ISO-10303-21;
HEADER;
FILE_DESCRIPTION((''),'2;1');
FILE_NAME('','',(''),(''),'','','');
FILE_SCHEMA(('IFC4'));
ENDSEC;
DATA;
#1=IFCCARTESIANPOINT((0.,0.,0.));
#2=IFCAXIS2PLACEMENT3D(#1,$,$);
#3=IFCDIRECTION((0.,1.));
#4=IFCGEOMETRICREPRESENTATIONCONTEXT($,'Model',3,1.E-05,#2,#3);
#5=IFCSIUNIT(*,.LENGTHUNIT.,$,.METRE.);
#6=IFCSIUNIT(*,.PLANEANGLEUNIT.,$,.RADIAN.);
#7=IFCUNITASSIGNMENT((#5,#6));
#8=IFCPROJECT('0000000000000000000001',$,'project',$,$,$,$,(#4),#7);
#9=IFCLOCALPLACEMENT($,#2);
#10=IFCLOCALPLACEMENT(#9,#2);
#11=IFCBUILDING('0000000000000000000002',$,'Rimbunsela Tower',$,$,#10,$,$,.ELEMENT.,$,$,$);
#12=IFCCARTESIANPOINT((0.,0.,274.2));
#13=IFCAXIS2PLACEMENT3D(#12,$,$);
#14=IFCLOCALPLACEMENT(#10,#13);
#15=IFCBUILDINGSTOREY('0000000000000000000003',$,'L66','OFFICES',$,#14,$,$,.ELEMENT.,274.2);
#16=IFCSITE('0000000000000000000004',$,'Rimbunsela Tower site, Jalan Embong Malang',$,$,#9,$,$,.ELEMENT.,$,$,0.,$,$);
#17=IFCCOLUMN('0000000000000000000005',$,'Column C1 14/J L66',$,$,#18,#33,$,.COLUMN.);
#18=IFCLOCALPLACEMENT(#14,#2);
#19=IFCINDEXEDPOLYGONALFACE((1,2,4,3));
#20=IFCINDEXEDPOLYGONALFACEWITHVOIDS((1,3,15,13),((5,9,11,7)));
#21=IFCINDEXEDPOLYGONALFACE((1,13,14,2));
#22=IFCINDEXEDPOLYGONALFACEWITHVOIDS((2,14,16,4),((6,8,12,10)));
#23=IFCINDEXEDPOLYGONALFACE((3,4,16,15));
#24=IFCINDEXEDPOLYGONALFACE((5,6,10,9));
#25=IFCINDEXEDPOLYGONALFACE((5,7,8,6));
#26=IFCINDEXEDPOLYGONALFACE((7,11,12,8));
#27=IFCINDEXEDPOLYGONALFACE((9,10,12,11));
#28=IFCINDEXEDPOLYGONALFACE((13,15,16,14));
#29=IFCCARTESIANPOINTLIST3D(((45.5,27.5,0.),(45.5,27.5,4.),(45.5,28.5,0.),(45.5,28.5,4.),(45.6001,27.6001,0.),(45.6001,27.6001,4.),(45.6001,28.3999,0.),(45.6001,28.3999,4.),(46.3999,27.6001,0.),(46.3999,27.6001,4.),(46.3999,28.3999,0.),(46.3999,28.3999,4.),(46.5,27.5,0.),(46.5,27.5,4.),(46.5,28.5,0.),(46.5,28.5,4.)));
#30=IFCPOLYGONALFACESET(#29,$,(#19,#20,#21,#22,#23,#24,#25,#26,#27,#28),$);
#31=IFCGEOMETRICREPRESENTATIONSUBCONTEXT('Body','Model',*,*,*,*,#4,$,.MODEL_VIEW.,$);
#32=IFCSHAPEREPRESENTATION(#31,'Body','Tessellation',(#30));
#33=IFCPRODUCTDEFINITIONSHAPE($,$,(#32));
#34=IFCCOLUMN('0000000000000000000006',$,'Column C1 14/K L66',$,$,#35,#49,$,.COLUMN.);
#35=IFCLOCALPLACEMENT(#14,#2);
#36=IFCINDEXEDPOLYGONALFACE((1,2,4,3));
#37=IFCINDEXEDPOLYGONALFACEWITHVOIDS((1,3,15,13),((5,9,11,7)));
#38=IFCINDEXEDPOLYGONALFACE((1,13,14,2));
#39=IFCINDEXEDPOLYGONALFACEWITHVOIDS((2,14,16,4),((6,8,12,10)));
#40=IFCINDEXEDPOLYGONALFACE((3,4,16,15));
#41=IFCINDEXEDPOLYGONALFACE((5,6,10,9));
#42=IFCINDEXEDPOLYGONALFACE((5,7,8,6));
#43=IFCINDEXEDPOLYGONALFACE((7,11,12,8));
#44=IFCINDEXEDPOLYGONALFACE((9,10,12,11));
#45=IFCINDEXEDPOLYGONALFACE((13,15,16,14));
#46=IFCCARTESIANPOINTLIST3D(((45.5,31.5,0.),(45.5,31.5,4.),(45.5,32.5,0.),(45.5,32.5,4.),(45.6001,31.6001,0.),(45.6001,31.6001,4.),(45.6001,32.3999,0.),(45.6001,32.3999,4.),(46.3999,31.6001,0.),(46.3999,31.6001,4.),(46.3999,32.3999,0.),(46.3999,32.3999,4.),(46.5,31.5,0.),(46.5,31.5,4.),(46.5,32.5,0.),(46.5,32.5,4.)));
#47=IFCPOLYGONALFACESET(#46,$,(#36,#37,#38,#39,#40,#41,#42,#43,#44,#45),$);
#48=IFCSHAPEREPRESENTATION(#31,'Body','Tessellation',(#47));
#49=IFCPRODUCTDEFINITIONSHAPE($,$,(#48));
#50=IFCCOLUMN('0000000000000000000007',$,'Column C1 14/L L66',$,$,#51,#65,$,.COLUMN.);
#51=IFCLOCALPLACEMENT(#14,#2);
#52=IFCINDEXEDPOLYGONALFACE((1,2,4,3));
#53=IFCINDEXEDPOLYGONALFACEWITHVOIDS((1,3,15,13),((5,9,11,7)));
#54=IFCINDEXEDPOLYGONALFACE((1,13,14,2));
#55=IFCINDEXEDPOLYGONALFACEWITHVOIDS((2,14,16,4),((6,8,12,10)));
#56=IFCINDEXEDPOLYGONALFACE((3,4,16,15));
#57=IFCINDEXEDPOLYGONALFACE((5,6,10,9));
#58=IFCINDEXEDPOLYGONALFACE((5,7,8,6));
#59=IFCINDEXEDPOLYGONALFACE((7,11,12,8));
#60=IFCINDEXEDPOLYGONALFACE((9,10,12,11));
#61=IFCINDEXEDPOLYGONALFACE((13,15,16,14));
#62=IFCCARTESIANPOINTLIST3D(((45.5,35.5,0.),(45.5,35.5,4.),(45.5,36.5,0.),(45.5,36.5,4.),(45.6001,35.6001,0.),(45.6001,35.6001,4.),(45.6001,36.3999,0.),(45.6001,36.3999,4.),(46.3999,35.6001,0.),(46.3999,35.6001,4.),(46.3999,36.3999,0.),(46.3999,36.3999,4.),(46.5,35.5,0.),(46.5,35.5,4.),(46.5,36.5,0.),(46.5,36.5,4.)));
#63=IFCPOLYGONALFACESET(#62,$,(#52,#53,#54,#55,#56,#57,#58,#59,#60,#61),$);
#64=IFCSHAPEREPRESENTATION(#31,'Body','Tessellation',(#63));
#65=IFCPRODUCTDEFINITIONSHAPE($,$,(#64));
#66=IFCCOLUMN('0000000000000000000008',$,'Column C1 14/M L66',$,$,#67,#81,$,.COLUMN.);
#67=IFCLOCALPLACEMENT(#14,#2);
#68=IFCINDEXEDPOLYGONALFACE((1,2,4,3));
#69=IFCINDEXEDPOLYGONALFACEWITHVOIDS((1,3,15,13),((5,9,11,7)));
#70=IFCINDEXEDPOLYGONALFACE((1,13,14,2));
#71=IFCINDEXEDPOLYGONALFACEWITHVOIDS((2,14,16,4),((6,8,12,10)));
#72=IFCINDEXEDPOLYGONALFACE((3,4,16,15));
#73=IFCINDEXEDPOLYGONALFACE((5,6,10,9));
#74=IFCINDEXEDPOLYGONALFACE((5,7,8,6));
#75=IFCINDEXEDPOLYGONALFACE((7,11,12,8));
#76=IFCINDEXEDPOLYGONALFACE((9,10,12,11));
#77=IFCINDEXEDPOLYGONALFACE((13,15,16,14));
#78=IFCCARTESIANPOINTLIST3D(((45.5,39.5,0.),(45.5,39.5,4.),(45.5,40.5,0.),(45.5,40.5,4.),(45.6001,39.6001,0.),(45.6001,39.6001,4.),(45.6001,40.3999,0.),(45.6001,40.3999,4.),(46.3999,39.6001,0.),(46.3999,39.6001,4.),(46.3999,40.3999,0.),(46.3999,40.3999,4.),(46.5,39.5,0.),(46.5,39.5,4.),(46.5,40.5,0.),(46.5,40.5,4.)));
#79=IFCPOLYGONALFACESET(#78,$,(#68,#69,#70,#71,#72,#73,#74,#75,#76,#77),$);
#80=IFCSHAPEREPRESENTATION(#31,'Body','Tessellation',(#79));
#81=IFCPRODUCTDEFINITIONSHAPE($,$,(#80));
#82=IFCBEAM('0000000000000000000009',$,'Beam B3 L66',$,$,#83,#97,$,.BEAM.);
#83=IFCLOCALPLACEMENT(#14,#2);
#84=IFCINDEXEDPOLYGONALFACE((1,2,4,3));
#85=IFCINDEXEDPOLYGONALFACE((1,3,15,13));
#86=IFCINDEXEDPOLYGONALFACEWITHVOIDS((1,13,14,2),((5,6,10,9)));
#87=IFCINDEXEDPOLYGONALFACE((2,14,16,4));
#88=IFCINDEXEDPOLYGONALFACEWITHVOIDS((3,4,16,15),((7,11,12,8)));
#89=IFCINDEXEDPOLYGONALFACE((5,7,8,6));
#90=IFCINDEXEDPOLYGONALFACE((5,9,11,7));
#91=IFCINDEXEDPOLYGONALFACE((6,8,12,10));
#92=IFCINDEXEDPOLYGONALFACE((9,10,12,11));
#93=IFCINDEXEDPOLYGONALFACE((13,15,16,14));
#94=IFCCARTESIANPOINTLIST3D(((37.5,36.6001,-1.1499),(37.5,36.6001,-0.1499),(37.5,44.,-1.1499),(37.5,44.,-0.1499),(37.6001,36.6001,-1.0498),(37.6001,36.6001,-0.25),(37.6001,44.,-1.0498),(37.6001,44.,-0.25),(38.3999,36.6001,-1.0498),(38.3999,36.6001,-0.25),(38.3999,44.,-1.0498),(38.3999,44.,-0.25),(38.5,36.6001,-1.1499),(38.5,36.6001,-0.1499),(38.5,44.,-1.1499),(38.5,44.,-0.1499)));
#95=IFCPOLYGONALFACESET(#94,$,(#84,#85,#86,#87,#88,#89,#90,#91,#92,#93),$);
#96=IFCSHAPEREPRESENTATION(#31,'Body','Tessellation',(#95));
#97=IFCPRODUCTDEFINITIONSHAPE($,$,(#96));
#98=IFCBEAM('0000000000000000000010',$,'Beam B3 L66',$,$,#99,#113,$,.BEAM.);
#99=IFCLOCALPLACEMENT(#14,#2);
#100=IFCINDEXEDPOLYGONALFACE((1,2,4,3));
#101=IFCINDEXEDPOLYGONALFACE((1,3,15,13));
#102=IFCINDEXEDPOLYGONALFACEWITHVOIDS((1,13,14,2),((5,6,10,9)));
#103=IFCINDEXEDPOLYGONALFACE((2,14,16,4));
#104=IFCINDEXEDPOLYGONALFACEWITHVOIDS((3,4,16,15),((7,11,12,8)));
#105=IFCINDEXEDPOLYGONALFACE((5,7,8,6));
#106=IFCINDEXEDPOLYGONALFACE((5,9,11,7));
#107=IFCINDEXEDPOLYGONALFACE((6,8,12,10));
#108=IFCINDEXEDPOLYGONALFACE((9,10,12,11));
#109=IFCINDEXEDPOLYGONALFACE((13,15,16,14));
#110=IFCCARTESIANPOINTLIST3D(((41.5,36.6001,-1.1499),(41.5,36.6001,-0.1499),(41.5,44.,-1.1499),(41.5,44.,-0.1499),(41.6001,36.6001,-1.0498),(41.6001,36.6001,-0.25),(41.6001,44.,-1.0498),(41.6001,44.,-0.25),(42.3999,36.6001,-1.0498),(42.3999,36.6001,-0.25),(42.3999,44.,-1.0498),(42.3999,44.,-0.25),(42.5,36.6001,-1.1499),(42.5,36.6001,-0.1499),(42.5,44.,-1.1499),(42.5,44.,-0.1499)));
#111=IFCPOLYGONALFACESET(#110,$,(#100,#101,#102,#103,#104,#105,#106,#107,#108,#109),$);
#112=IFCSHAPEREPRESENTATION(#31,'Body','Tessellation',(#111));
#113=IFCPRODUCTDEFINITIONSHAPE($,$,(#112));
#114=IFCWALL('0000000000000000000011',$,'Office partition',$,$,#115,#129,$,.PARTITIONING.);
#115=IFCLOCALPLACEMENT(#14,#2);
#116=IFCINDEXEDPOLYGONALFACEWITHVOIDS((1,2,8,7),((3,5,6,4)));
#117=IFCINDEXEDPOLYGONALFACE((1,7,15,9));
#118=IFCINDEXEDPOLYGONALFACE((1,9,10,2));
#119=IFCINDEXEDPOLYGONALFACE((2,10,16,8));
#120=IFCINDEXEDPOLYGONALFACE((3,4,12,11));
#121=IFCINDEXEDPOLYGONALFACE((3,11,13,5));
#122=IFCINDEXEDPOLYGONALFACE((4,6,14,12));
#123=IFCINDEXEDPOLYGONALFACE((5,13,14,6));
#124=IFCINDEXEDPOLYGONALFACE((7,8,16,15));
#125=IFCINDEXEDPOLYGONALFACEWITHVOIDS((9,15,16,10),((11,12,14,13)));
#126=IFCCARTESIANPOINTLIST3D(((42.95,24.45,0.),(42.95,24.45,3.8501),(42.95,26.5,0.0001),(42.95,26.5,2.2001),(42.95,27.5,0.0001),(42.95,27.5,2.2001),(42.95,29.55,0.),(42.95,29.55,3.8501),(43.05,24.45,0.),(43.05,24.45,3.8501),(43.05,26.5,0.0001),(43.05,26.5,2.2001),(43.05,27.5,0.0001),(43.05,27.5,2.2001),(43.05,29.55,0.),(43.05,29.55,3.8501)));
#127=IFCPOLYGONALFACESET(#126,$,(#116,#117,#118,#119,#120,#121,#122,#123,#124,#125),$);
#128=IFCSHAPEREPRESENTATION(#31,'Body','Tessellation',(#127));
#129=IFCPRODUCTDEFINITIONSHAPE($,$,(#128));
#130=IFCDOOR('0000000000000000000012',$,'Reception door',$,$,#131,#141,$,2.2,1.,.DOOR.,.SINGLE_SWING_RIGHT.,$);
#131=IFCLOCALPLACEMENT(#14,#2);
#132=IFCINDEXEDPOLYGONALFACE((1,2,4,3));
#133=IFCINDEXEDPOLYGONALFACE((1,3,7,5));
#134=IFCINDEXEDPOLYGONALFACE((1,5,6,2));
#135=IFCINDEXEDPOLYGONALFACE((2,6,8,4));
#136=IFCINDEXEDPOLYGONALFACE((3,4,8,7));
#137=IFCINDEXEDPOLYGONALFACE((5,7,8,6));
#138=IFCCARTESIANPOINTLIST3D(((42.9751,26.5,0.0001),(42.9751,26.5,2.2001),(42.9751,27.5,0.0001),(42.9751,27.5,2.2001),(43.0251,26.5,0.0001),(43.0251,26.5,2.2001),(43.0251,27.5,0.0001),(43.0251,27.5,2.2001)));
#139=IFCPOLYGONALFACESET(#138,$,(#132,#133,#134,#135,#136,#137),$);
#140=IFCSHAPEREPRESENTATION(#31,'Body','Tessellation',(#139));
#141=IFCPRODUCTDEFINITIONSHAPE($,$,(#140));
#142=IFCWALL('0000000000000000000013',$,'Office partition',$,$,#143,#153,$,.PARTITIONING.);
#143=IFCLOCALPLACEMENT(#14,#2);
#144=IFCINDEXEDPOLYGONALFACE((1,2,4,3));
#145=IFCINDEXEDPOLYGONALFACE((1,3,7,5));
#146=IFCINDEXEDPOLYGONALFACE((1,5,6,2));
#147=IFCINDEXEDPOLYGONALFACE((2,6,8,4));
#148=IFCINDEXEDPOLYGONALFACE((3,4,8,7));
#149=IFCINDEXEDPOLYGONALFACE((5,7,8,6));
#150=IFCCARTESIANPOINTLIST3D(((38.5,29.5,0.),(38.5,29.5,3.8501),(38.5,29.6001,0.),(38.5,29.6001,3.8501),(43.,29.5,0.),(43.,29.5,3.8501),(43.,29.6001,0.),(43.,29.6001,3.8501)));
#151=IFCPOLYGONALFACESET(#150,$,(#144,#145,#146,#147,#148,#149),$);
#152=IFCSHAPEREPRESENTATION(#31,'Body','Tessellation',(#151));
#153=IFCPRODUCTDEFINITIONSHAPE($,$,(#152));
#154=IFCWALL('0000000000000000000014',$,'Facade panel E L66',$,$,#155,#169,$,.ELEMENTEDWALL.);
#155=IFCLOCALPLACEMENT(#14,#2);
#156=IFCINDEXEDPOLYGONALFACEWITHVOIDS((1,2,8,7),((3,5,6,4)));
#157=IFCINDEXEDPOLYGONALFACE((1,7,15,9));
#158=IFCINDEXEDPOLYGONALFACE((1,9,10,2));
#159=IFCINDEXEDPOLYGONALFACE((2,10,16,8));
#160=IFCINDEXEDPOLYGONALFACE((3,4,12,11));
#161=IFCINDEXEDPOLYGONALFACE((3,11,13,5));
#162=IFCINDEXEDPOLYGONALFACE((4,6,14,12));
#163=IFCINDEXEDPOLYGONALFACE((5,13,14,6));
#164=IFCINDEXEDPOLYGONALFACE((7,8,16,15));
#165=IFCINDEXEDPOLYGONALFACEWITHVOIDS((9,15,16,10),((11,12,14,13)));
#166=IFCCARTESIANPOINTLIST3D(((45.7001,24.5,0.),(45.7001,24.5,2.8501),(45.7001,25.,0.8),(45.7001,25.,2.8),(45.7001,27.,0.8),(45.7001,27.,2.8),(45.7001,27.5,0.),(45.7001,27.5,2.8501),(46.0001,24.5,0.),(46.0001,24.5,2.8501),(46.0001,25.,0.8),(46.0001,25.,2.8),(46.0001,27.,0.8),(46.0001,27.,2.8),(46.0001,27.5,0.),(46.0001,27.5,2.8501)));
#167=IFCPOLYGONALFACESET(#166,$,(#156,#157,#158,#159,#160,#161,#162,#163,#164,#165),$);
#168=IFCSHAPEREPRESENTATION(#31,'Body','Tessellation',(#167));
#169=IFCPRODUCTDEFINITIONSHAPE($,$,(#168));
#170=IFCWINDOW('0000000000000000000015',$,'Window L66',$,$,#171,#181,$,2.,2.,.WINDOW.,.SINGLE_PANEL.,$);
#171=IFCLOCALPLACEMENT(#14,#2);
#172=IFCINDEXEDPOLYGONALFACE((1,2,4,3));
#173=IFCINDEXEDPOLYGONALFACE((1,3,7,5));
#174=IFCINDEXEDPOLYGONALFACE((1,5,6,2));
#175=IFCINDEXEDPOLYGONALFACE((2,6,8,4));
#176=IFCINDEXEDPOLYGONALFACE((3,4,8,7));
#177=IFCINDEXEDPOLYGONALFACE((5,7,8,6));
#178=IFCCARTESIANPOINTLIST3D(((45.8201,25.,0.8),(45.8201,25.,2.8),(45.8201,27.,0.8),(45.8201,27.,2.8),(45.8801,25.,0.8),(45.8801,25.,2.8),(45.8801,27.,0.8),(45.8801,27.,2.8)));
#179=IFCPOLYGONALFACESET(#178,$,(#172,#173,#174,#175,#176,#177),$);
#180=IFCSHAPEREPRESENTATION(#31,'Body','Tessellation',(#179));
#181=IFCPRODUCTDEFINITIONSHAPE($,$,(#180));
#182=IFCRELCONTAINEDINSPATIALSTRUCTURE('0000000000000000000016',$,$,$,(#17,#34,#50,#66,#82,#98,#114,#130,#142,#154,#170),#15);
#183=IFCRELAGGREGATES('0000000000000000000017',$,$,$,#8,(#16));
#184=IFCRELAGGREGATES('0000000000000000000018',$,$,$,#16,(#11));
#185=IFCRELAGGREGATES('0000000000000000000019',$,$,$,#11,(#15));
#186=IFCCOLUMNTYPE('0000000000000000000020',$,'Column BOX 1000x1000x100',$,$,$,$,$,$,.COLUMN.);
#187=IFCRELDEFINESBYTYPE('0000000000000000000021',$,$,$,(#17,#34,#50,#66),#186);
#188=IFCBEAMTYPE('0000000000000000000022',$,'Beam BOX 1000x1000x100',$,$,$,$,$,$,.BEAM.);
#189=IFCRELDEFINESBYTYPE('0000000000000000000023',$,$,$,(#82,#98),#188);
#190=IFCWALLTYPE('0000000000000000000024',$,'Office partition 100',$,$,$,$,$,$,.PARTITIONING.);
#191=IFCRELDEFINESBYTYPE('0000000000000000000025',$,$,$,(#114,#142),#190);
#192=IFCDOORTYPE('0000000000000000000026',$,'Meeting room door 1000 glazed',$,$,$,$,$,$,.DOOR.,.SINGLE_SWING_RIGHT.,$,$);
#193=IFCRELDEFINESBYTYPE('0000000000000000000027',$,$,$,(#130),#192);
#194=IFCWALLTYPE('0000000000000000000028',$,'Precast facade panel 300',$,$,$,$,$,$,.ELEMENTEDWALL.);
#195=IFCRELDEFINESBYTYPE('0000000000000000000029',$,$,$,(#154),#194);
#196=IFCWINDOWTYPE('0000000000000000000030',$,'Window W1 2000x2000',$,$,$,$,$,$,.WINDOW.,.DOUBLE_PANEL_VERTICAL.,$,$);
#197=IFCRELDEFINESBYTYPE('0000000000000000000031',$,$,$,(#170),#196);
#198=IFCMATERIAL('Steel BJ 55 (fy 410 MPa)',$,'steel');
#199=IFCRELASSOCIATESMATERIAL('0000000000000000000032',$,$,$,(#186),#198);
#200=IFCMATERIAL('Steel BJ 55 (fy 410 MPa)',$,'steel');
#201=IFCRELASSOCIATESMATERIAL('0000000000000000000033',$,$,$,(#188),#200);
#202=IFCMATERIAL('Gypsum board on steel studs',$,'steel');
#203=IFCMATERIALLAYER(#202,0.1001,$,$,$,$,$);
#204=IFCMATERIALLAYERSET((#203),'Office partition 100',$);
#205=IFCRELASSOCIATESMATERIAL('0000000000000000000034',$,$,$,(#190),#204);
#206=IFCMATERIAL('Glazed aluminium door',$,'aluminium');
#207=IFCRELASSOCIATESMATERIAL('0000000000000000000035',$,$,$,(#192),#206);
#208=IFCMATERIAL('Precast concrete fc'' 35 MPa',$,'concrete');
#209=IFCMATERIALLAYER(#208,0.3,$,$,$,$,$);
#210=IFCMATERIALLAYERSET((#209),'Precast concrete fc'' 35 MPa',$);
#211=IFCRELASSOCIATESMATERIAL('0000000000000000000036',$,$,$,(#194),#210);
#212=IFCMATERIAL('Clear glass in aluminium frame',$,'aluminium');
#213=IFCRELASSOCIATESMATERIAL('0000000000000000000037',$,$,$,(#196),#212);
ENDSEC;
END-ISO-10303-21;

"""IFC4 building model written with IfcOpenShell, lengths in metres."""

from ifc_helpers import new_model, si_unit, direction, frame, frame_2d, origin, origin_2d, place, context, subcontext, project, spatial, rectangle, hollow_rectangle, extrude, material, layer, layer_set, material_profile, profile_set, type_object, element, fill, save


model = new_model("IFC4")

# Units and contexts
model_context = context("Model", 3, precision=1e-05, world=origin(), true_north=direction((0.0, 1.0)))
body_context = subcontext(model_context, "Body", "Model", "MODEL_VIEW")
ifc_project = project(units=[si_unit("LENGTHUNIT", "METRE"), si_unit("PLANEANGLEUNIT", "RADIAN")], contexts=[model_context])

# Site, building, storey
site_placement = place(None, origin())
site = spatial("IfcSite", under=ifc_project, at=site_placement, Name="Rimbunsela Tower site, Jalan Embong Malang", CompositionType="ELEMENT", RefElevation=0.0)
building_placement = place(site_placement, origin())
building = spatial("IfcBuilding", under=site, at=building_placement, Name="Rimbunsela Tower", CompositionType="ELEMENT")
storey_placement = place(building_placement, frame((0.0, 0.0, 274.2)))
storey = spatial("IfcBuildingStorey", under=building, at=storey_placement, Name="L66", Description="OFFICES", CompositionType="ELEMENT", Elevation=274.2)

# Columns
ifc_material_1 = material(Name="Steel BJ 55 (fy 410 MPa)", Category="steel")
ifc_material_profile_1 = material_profile(ifc_material_1, hollow_rectangle(XDim=1.0, YDim=1.0, WallThickness=0.1001, at=origin_2d()), Name="BOX 1000x1000x100")
ifc_profile_set_1 = profile_set([ifc_material_profile_1], Name="Steel BJ 55 (fy 410 MPa)")
column_type = type_object("IfcColumnType", Name="Column BOX 1000x1000x100", PredefinedType="COLUMN", material=ifc_profile_set_1)
for number, where, z_axis, x_axis, name in (
    (1, (46.0, 28.0, 0.0), (0.0, 0.0, 1.0), (1.0, 0.0, 0.0), "Column C1 14/J L66"),
    (2, (46.0, 32.0, 0.0), (0.0, 0.0, 1.0), (1.0, 0.0, 0.0), "Column C1 14/K L66"),
    (3, (46.0, 36.0, 0.0), (0.0, 0.0, 1.0), (1.0, 0.0, 0.0), "Column C1 14/L L66"),
    (4, (46.0, 40.0, 0.0), (0.0, 0.0, 1.0), (1.0, 0.0, 0.0), "Column C1 14/M L66"),
):
    element("IfcColumn", number, at=place(storey_placement, frame(where, z_axis=z_axis, x_axis=x_axis)), inside=storey, type_object=column_type, Name=name, PredefinedType="COLUMN", context=body_context, shape_type="SweptSolid", body=[
        extrude(hollow_rectangle(XDim=1.0, YDim=1.0, WallThickness=0.1001, at=origin_2d()), origin(), (0.0, 0.0, 1.0), 4.0),
    ])

# Beams
ifc_material_2 = material(Name="Steel BJ 55 (fy 410 MPa)", Category="steel")
ifc_material_profile_2 = material_profile(ifc_material_2, hollow_rectangle(XDim=1.0, YDim=1.0, WallThickness=0.1001, at=origin_2d()), Name="BOX 1000x1000x100")
ifc_profile_set_2 = profile_set([ifc_material_profile_2], Name="Steel BJ 55 (fy 410 MPa)")
beam_type = type_object("IfcBeamType", Name="Beam BOX 1000x1000x100", PredefinedType="BEAM", material=ifc_profile_set_2)
for number, where, z_axis, x_axis, name in (
    (5, (38.0, 36.6001, -0.6499), (0.0, 1.0, 0.0), (-1.0, 0.0, 0.0), "Beam B3 L66"),
    (6, (42.0, 36.6001, -0.6499), (0.0, 1.0, 0.0), (-1.0, 0.0, 0.0), "Beam B3 L66"),
):
    element("IfcBeam", number, at=place(storey_placement, frame(where, z_axis=z_axis, x_axis=x_axis)), inside=storey, type_object=beam_type, Name=name, PredefinedType="BEAM", context=body_context, shape_type="SweptSolid", body=[
        extrude(hollow_rectangle(XDim=1.0, YDim=1.0, WallThickness=0.1001, at=origin_2d()), origin(), (0.0, 0.0, 1.0), 7.3999),
    ])

# Wall, opening, door
ifc_material_3 = material(Name="Gypsum board on steel studs", Category="steel")
ifc_layer_1 = layer(ifc_material_3, 0.1001)
ifc_layer_set_1 = layer_set([ifc_layer_1], Name="Office partition 100")
wall_type_1 = type_object("IfcWallType", Name="Office partition 100", PredefinedType="PARTITIONING", material=ifc_layer_set_1)
wall_1_placement = place(storey_placement, frame((43.0, 24.45, 0.0), z_axis=(0.0, 0.0, 1.0), x_axis=(0.0, 1.0, 0.0)))
wall_1 = element("IfcWall", 7, at=wall_1_placement, inside=storey, type_object=wall_type_1, Name="Office partition", PredefinedType="PARTITIONING", context=body_context, shape_type="SweptSolid", body=[
    extrude(rectangle(XDim=5.1001, YDim=0.1001, at=frame_2d((2.55, 0.0))), origin(), (0.0, 0.0, 1.0), 3.8501),
])
opening_1_placement = place(wall_1_placement, frame((2.05, 0.0, 0.0)))
opening_1 = element("IfcOpeningElement", 8, at=opening_1_placement, cuts=wall_1, PredefinedType="OPENING", context=body_context, shape_type="SweptSolid", body=[
    extrude(rectangle(XDim=1.0, YDim=2.2, at=frame_2d((0.5, 1.1001))), frame((0.0, 0.0601, 0.0), z_axis=(0.0, -1.0, 0.0), x_axis=(1.0, 0.0, 0.0)), (0.0, 0.0, 1.0), 0.1201),
])
ifc_material_4 = material(Name="Glazed aluminium door", Category="aluminium")
door_type = type_object("IfcDoorType", Name="Meeting room door 1000 glazed", OperationType="SINGLE_SWING_RIGHT", PredefinedType="DOOR", material=ifc_material_4)
door_placement = place(opening_1_placement, origin())
door = element("IfcDoor", 9, at=door_placement, inside=storey, type_object=door_type, Name="Reception door", OperationType="SINGLE_SWING_RIGHT", OverallHeight=2.2, OverallWidth=1.0, PredefinedType="DOOR", context=body_context, shape_type="SweptSolid", body=[
    extrude(rectangle(XDim=1.0, YDim=2.2, at=frame_2d((0.5, 1.1001))), frame((0.0, 0.0249, 0.0), z_axis=(0.0, -1.0, 0.0), x_axis=(1.0, 0.0, 0.0)), (0.0, 0.0, 1.0), 0.05),
])
fill(opening_1, door)

# Wall
wall_2_placement = place(storey_placement, frame((43.0, 29.55, 0.0), z_axis=(0.0, 0.0, 1.0), x_axis=(-1.0, 0.0, 0.0)))
element("IfcWall", 10, at=wall_2_placement, inside=storey, type_object=wall_type_1, Name="Office partition", PredefinedType="PARTITIONING", context=body_context, shape_type="SweptSolid", body=[
    extrude(rectangle(XDim=4.5, YDim=0.1001, at=frame_2d((2.25, 0.0))), origin(), (0.0, 0.0, 1.0), 3.8501),
])

# Wall, opening, window
ifc_material_5 = material(Name="Precast concrete fc' 35 MPa", Category="concrete")
ifc_layer_2 = layer(ifc_material_5, 0.3)
ifc_layer_set_2 = layer_set([ifc_layer_2], Name="Precast concrete fc' 35 MPa")
wall_type_2 = type_object("IfcWallType", Name="Precast facade panel 300", PredefinedType="ELEMENTEDWALL", material=ifc_layer_set_2)
wall_3_placement = place(storey_placement, frame((45.8501, 24.5, 0.0), z_axis=(0.0, 0.0, 1.0), x_axis=(0.0, 1.0, 0.0)))
wall_3 = element("IfcWall", 11, at=wall_3_placement, inside=storey, type_object=wall_type_2, Name="Facade panel E L66", PredefinedType="ELEMENTEDWALL", context=body_context, shape_type="SweptSolid", body=[
    extrude(rectangle(XDim=3.0, YDim=0.3, at=frame_2d((1.5, 0.0))), origin(), (0.0, 0.0, 1.0), 2.8501),
])
opening_2_placement = place(wall_3_placement, frame((0.5, 0.0, 0.8)))
opening_2 = element("IfcOpeningElement", 12, at=opening_2_placement, cuts=wall_3, PredefinedType="OPENING", context=body_context, shape_type="SweptSolid", body=[
    extrude(rectangle(XDim=2.0, YDim=2.0, at=frame_2d((1.0, 1.0))), frame((0.0, 0.1599, 0.0), z_axis=(0.0, -1.0, 0.0), x_axis=(1.0, 0.0, 0.0)), (0.0, 0.0, 1.0), 0.3201),
])
ifc_material_6 = material(Name="Clear glass in aluminium frame", Category="aluminium")
window_type = type_object("IfcWindowType", Name="Window W1 2000x2000", PartitioningType="DOUBLE_PANEL_VERTICAL", PredefinedType="WINDOW", material=ifc_material_6)
window_1_placement = place(opening_2_placement, origin())
window_1 = element("IfcWindow", 13, at=window_1_placement, inside=storey, type_object=window_type, Name="Window L66", OverallHeight=2.0, OverallWidth=2.0, PartitioningType="SINGLE_PANEL", PredefinedType="WINDOW", context=body_context, shape_type="SweptSolid", body=[
    extrude(rectangle(XDim=2.0, YDim=2.0, at=frame_2d((1.0, 1.0))), frame((0.0, 0.03, 0.0), z_axis=(0.0, -1.0, 0.0), x_axis=(1.0, 0.0, 0.0)), (0.0, 0.0, 1.0), 0.0601),
])
fill(opening_2, window_1)

save(model, "model.ifc")
